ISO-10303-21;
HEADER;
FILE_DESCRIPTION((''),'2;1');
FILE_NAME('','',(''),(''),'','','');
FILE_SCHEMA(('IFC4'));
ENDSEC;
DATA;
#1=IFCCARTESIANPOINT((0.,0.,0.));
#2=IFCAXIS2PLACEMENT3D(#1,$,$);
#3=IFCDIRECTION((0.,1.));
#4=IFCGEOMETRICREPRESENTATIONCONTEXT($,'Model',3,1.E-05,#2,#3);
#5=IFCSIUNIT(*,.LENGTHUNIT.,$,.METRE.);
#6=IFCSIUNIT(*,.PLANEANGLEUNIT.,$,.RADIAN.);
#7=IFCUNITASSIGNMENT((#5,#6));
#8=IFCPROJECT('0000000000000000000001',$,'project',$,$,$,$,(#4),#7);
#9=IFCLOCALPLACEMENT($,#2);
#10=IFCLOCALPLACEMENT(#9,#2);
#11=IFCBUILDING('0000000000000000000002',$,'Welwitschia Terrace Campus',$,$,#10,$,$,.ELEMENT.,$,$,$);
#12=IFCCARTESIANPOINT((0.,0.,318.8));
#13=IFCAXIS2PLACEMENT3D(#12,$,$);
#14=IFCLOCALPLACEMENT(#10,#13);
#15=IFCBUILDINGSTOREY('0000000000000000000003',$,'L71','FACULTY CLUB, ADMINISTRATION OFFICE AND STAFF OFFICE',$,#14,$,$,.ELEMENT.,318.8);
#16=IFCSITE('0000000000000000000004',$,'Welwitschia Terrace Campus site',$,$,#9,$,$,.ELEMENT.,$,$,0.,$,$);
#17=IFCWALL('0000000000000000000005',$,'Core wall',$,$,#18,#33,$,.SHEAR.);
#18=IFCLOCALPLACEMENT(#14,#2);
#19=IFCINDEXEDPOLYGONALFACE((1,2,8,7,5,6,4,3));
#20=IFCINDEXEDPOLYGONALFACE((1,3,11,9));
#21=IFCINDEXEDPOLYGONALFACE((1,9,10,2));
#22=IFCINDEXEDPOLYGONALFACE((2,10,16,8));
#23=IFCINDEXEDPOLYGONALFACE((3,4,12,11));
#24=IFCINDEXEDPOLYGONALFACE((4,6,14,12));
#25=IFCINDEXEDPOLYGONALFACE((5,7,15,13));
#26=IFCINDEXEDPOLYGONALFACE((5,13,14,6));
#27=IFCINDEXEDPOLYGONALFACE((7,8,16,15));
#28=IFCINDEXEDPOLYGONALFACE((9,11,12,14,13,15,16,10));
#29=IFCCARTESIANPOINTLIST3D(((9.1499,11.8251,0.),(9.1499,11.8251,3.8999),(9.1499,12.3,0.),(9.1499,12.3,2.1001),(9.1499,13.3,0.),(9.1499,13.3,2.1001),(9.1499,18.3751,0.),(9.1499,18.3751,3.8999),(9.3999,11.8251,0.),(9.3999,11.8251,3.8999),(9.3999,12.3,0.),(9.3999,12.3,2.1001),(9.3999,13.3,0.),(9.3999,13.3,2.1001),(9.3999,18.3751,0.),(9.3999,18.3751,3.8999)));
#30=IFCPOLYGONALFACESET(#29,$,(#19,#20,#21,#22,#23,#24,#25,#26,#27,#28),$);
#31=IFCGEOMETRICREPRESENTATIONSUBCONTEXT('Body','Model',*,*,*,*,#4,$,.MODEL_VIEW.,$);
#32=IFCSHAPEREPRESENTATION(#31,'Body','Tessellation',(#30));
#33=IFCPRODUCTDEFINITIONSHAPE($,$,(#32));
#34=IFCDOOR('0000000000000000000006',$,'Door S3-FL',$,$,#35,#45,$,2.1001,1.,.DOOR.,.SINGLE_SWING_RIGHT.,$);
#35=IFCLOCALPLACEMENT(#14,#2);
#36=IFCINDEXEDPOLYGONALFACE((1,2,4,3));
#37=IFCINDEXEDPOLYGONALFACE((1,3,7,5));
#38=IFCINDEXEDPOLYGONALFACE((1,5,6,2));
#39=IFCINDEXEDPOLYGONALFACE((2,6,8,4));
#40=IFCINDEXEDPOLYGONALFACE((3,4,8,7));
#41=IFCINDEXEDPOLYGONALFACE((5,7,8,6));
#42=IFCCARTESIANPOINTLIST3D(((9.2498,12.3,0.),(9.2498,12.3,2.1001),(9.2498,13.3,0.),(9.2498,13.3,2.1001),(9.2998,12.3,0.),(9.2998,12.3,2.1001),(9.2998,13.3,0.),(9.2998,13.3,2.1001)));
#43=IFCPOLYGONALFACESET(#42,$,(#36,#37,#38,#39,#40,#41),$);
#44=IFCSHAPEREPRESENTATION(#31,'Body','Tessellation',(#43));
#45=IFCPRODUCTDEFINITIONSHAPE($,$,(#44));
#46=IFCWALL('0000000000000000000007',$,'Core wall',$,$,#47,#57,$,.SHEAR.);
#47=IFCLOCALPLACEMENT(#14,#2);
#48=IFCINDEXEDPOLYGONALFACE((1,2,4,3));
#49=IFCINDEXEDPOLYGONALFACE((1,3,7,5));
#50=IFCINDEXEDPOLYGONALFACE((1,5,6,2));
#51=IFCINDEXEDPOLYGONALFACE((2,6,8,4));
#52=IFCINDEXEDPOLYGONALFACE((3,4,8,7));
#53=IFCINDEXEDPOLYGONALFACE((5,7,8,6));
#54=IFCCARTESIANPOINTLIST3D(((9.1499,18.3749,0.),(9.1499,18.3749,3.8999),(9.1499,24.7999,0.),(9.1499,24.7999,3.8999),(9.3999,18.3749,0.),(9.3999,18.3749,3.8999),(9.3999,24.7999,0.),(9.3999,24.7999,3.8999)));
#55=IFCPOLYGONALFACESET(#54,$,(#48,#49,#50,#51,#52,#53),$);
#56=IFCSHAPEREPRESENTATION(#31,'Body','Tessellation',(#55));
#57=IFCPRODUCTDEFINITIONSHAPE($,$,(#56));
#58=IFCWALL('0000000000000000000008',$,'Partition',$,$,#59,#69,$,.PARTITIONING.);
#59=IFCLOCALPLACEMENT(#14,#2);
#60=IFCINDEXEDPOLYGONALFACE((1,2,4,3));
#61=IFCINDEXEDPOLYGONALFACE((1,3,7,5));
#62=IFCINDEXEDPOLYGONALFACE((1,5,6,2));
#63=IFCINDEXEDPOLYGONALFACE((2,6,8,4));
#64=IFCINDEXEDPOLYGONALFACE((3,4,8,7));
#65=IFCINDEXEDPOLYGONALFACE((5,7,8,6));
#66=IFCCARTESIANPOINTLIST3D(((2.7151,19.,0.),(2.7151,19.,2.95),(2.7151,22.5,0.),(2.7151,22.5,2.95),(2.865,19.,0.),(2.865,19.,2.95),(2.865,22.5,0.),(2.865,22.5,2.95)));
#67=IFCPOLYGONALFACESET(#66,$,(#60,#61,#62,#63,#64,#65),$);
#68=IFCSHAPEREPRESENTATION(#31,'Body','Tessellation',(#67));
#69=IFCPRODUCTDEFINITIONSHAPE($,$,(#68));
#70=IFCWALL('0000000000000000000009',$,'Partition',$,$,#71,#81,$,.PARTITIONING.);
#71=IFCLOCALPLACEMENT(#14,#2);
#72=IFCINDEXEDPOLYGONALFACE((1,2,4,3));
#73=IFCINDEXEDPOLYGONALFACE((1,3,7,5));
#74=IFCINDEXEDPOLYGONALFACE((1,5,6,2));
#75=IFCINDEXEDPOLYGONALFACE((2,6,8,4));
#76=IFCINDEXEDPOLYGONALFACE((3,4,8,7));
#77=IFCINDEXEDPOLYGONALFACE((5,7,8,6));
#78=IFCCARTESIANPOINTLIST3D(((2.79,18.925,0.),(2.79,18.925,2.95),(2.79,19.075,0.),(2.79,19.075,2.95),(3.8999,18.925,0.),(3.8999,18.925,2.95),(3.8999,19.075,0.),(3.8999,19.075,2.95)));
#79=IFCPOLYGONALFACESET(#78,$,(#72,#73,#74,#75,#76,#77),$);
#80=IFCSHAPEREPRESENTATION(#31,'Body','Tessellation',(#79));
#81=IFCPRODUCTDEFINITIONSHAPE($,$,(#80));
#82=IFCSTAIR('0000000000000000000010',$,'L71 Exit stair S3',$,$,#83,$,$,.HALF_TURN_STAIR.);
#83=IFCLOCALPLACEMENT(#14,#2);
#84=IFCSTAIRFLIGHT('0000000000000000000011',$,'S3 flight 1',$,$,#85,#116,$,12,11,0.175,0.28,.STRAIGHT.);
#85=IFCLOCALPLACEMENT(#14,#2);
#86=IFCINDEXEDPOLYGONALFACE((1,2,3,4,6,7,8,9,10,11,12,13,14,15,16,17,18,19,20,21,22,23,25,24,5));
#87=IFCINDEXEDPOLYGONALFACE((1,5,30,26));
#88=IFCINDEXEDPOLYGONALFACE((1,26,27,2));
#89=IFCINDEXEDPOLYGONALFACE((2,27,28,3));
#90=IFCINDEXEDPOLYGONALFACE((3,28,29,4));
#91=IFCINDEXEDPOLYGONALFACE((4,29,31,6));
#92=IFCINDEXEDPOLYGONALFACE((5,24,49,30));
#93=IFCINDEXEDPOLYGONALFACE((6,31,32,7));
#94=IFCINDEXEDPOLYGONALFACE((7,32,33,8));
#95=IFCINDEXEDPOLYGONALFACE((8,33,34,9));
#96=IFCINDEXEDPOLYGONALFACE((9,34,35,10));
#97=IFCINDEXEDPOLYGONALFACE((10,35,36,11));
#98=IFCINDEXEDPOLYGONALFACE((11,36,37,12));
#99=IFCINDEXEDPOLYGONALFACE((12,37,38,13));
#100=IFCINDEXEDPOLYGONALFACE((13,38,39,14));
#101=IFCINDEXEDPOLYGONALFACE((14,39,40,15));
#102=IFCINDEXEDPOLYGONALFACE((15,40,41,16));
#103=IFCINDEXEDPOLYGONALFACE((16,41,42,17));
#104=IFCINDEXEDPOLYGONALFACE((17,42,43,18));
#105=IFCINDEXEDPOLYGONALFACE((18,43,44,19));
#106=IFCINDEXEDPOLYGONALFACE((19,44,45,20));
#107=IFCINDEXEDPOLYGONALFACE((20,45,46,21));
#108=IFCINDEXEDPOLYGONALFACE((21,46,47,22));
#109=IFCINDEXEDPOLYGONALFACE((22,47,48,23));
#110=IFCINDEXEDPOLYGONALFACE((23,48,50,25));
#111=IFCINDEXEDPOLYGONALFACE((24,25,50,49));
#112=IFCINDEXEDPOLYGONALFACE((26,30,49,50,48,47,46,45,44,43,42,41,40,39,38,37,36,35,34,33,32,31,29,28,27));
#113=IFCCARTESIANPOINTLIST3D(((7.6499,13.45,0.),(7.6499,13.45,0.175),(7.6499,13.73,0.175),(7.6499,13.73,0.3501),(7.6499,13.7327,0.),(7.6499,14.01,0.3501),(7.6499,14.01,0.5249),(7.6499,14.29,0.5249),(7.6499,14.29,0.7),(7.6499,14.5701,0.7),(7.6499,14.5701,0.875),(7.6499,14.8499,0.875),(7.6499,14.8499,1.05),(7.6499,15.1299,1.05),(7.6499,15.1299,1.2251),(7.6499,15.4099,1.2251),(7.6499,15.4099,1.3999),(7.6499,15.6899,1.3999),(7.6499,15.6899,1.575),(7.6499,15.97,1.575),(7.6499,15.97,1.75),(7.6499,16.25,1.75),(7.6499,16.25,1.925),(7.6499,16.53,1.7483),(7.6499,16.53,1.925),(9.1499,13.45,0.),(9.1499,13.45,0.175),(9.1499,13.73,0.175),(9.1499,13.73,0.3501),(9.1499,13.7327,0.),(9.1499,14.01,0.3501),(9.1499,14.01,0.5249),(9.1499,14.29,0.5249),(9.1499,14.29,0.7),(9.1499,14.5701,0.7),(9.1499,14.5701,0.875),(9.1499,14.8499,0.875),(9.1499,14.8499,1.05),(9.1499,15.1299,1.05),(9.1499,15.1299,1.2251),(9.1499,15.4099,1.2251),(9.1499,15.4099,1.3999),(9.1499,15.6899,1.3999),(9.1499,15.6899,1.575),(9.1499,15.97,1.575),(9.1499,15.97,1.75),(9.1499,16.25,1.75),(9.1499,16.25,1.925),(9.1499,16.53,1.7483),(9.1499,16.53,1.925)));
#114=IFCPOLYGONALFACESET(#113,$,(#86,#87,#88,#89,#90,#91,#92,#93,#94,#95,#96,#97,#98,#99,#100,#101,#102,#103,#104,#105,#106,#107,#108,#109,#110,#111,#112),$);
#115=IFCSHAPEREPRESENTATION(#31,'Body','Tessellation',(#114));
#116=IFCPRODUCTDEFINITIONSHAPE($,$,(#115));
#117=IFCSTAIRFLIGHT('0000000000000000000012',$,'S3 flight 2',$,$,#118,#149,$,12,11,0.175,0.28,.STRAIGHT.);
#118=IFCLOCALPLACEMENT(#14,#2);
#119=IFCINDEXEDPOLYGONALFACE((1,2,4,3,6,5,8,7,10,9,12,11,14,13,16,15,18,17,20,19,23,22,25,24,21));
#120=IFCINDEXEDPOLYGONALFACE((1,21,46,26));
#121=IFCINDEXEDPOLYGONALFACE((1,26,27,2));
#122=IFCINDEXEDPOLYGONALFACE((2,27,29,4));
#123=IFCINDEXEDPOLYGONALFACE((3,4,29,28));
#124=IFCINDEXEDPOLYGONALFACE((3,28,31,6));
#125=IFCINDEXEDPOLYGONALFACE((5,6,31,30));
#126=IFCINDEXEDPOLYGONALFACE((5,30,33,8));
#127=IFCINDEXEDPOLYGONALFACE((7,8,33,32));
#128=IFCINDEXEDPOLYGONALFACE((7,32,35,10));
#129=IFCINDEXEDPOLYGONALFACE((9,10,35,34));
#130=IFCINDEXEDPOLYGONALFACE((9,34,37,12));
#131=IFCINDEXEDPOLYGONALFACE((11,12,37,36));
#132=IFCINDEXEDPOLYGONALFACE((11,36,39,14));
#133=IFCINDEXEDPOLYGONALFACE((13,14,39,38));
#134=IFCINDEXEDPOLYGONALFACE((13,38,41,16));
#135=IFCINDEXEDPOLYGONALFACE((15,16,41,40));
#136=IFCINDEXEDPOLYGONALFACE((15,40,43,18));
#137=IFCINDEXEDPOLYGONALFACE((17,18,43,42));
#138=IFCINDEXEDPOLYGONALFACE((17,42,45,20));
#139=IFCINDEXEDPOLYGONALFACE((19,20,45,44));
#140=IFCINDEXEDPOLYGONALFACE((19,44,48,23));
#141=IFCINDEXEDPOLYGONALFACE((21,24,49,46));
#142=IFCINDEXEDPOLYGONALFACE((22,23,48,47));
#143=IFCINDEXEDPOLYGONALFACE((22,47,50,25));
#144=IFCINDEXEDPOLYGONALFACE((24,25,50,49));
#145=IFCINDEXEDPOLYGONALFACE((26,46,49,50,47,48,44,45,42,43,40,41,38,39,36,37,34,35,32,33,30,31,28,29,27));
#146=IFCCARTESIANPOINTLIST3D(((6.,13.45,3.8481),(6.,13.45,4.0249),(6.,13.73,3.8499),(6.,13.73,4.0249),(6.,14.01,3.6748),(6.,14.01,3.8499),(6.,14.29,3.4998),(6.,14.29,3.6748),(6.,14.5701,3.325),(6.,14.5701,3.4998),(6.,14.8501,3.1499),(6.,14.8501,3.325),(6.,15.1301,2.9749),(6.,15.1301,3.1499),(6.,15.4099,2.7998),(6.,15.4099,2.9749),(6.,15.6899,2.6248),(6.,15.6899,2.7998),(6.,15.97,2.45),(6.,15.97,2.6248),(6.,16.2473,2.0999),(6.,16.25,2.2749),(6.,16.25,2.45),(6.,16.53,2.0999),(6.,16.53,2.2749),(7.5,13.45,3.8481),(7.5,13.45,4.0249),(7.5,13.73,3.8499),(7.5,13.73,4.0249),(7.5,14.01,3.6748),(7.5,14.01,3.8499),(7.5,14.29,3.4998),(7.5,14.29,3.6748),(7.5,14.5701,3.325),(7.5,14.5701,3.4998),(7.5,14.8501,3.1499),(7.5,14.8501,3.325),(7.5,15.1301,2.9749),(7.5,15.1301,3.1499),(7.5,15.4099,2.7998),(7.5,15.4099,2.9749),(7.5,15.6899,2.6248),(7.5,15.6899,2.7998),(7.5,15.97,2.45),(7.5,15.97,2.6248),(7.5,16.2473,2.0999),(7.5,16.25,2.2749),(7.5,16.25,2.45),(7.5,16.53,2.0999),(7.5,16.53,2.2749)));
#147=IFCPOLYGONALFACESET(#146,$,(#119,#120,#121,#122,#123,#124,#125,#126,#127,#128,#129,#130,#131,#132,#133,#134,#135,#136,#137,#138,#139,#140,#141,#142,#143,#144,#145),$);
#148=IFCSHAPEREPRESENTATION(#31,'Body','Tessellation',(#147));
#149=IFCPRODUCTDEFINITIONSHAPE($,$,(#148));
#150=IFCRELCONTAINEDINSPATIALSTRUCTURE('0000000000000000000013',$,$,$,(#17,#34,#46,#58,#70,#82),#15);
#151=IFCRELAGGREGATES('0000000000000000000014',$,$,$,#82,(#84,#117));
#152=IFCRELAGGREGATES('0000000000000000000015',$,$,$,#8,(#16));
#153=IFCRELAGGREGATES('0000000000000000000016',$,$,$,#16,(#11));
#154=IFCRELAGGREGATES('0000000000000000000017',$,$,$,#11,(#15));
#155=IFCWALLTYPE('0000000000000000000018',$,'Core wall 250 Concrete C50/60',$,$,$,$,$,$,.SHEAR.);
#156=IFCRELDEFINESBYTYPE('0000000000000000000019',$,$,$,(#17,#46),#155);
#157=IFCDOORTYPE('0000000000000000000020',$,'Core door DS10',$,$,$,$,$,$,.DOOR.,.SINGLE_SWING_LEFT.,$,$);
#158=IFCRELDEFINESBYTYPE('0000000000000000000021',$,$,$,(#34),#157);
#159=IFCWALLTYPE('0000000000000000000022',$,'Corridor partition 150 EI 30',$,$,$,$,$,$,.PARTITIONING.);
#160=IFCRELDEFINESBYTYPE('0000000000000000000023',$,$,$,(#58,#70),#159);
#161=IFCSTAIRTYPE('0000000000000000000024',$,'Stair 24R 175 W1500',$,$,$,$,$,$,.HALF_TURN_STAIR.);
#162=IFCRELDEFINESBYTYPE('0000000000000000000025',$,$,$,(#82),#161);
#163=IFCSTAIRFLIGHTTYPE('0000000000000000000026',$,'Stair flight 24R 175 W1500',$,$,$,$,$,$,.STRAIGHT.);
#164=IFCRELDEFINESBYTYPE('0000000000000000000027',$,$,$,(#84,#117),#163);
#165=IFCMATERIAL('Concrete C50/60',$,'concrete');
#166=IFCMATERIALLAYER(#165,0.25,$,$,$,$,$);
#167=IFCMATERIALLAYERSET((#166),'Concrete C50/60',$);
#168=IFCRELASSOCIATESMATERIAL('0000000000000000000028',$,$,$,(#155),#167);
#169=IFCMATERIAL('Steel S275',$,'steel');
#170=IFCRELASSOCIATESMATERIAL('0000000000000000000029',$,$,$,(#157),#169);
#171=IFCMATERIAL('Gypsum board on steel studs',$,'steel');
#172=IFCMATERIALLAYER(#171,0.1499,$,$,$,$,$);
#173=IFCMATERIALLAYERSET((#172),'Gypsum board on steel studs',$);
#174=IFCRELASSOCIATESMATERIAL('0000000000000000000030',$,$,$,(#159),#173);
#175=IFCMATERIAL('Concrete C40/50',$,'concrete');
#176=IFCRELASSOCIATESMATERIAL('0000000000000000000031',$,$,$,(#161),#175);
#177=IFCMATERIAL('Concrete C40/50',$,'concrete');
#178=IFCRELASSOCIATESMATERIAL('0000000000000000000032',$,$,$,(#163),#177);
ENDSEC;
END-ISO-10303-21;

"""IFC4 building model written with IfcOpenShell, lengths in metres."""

from ifc_helpers import new_model, si_unit, direction, frame, frame_2d, origin, place, context, subcontext, project, spatial, polyline, rectangle, outline, extrude, material, layer, layer_set, type_object, element, fill, aggregate, save


model = new_model("IFC4")

# Units and contexts
model_context = context("Model", 3, precision=1e-05, world=origin(), true_north=direction((0.0, 1.0)))
body_context = subcontext(model_context, "Body", "Model", "MODEL_VIEW")
ifc_project = project(units=[si_unit("LENGTHUNIT", "METRE"), si_unit("PLANEANGLEUNIT", "RADIAN")], contexts=[model_context])

# Site, building, storey
site_placement = place(None, origin())
site = spatial("IfcSite", under=ifc_project, at=site_placement, Name="Welwitschia Terrace Campus site", CompositionType="ELEMENT", RefElevation=0.0)
building_placement = place(site_placement, origin())
building = spatial("IfcBuilding", under=site, at=building_placement, Name="Welwitschia Terrace Campus", CompositionType="ELEMENT")
storey_placement = place(building_placement, frame((0.0, 0.0, 318.8)))
storey = spatial("IfcBuildingStorey", under=building, at=storey_placement, Name="L71", Description="FACULTY CLUB, ADMINISTRATION OFFICE AND STAFF OFFICE", CompositionType="ELEMENT", Elevation=318.8)

# Shared definitions
ifc_material_1 = material(Name="Concrete C50/60", Category="concrete")
ifc_layer_1 = layer(ifc_material_1, 0.25)
ifc_layer_set_1 = layer_set([ifc_layer_1], Name="Concrete C50/60")
wall_type_1 = type_object("IfcWallType", Name="Core wall 250 Concrete C50/60", PredefinedType="SHEAR", material=ifc_layer_set_1)

# Wall, opening, door
wall_1_placement = place(storey_placement, frame((9.2749, 18.375, 0.0), z_axis=(0.0, 0.0, 1.0), x_axis=(0.0, -1.0, 0.0)))
wall_1 = element("IfcWall", 1, at=wall_1_placement, inside=storey, type_object=wall_type_1, Name="Core wall", PredefinedType="SHEAR", context=body_context, shape_type="SweptSolid", body=[
    extrude(rectangle(XDim=6.55, YDim=0.25, at=frame_2d((3.2749, 0.0))), origin(), (0.0, 0.0, 1.0), 3.8999),
])
opening_1_placement = place(wall_1_placement, frame((5.075, 0.0, 0.0)))
opening_1 = element("IfcOpeningElement", 2, at=opening_1_placement, cuts=wall_1, PredefinedType="OPENING", context=body_context, shape_type="SweptSolid", body=[
    extrude(rectangle(XDim=1.0, YDim=2.1001, at=frame_2d((0.5, 1.05))), frame((0.0, 0.135, 0.0), z_axis=(0.0, -1.0, 0.0), x_axis=(1.0, 0.0, 0.0)), (0.0, 0.0, 1.0), 0.27),
])
ifc_material_2 = material(Name="Steel S275", Category="steel")
door_type_1 = type_object("IfcDoorType", Name="Core door DS10", OperationType="SINGLE_SWING_LEFT", PredefinedType="DOOR", material=ifc_material_2)
door_1_placement = place(opening_1_placement, origin())
door_1 = element("IfcDoor", 3, at=door_1_placement, inside=storey, type_object=door_type_1, Name="Door S3-FL", OperationType="SINGLE_SWING_RIGHT", OverallHeight=2.1001, OverallWidth=1.0, PredefinedType="DOOR", context=body_context, shape_type="SweptSolid", body=[
    extrude(rectangle(XDim=1.0, YDim=2.1001, at=frame_2d((0.5, 1.05))), frame((0.0, 0.0249, 0.0), z_axis=(0.0, -1.0, 0.0), x_axis=(1.0, 0.0, 0.0)), (0.0, 0.0, 1.0), 0.05),
])
fill(opening_1, door_1)

# Walls
wall_2_placement = place(storey_placement, frame((9.2749, 18.375, 0.0), z_axis=(0.0, 0.0, 1.0), x_axis=(0.0, 1.0, 0.0)))
element("IfcWall", 4, at=wall_2_placement, inside=storey, type_object=wall_type_1, Name="Core wall", PredefinedType="SHEAR", context=body_context, shape_type="SweptSolid", body=[
    extrude(rectangle(XDim=6.425, YDim=0.25, at=frame_2d((3.2124, 0.0))), origin(), (0.0, 0.0, 1.0), 3.8999),
])
ifc_material_3 = material(Name="Gypsum board on steel studs", Category="steel")
ifc_layer_2 = layer(ifc_material_3, 0.1499)
ifc_layer_set_2 = layer_set([ifc_layer_2], Name="Gypsum board on steel studs")
wall_type_2 = type_object("IfcWallType", Name="Corridor partition 150 EI 30", PredefinedType="PARTITIONING", material=ifc_layer_set_2)
wall_3_placement = place(storey_placement, frame((2.79, 19.0, 0.0), z_axis=(0.0, 0.0, 1.0), x_axis=(0.0, 1.0, 0.0)))
element("IfcWall", 5, at=wall_3_placement, inside=storey, type_object=wall_type_2, Name="Partition", PredefinedType="PARTITIONING", context=body_context, shape_type="SweptSolid", body=[
    extrude(rectangle(XDim=3.5, YDim=0.1499, at=frame_2d((1.75, 0.0))), origin(), (0.0, 0.0, 1.0), 2.95),
])
wall_4_placement = place(storey_placement, frame((2.79, 19.0, 0.0), z_axis=(0.0, 0.0, 1.0), x_axis=(1.0, 0.0, 0.0)))
element("IfcWall", 6, at=wall_4_placement, inside=storey, type_object=wall_type_2, Name="Partition", PredefinedType="PARTITIONING", context=body_context, shape_type="SweptSolid", body=[
    extrude(rectangle(XDim=1.1099, YDim=0.1499, at=frame_2d((0.5549, 0.0))), origin(), (0.0, 0.0, 1.0), 2.95),
])

# Stair, stair flights
ifc_material_4 = material(Name="Concrete C40/50", Category="concrete")
stair_type = type_object("IfcStairType", Name="Stair 24R 175 W1500", PredefinedType="HALF_TURN_STAIR", material=ifc_material_4)
stair_placement = place(storey_placement, origin())
stair = element("IfcStair", 7, at=stair_placement, inside=storey, type_object=stair_type, Name="L71 Exit stair S3", PredefinedType="HALF_TURN_STAIR")
ifc_material_5 = material(Name="Concrete C40/50", Category="concrete")
stair_flight_type = type_object("IfcStairFlightType", Name="Stair flight 24R 175 W1500", PredefinedType="STRAIGHT", material=ifc_material_5)
stair_flight_1_placement = place(storey_placement, frame((8.3999, 13.45, 0.0), z_axis=(0.0, 0.0, 1.0), x_axis=(0.0, 1.0, 0.0)))
stair_flight_1 = element("IfcStairFlight", 8, at=stair_flight_1_placement, type_object=stair_flight_type, Name="S3 flight 1", NumberOfRisers=12, NumberOfTreads=11, PredefinedType="STRAIGHT", RiserHeight=0.175, TreadLength=0.28, context=body_context, shape_type="SweptSolid", body=[
    extrude(outline(polyline([(0.0, 0.0), (0.0, 0.175), (0.28, 0.175), (0.28, 0.3501), (0.5601, 0.3501), (0.5601, 0.5249), (0.8401, 0.5249), (0.8401, 0.7), (1.1201, 0.7), (1.1201, 0.875), (1.3999, 0.875), (1.3999, 1.05), (1.6799, 1.05), (1.6799, 1.2251), (1.96, 1.2251), (1.96, 1.3999), (2.24, 1.3999), (2.24, 1.575), (2.52, 1.575), (2.52, 1.75), (2.8, 1.75), (2.8, 1.925), (3.0801, 1.925), (3.0801, 2.1001), (3.0801, 1.7483), (0.2827, 0.0), (0.0, 0.0)])), frame((0.0, 0.75, 0.0), z_axis=(0.0, -1.0, 0.0), x_axis=(1.0, 0.0, 0.0)), (0.0, 0.0, 1.0), 1.5),
])
stair_flight_2_placement = place(storey_placement, frame((6.75, 16.53, 2.0999), z_axis=(0.0, 0.0, 1.0), x_axis=(0.0, -1.0, 0.0)))
stair_flight_2 = element("IfcStairFlight", 9, at=stair_flight_2_placement, type_object=stair_flight_type, Name="S3 flight 2", NumberOfRisers=12, NumberOfTreads=11, PredefinedType="STRAIGHT", RiserHeight=0.175, TreadLength=0.28, context=body_context, shape_type="SweptSolid", body=[
    extrude(outline(polyline([(0.0, 0.0), (0.0, 0.175), (0.28, 0.175), (0.28, 0.3501), (0.5601, 0.3501), (0.5601, 0.5249), (0.8401, 0.5249), (0.8401, 0.7), (1.1201, 0.7), (1.1201, 0.875), (1.3999, 0.875), (1.3999, 1.05), (1.6799, 1.05), (1.6799, 1.2251), (1.96, 1.2251), (1.96, 1.3999), (2.24, 1.3999), (2.24, 1.575), (2.52, 1.575), (2.52, 1.75), (2.8, 1.75), (2.8, 1.925), (3.0801, 1.925), (3.0801, 2.1001), (3.0801, 1.7483), (0.2827, 0.0), (0.0, 0.0)])), frame((0.0, 0.75, 0.0), z_axis=(0.0, -1.0, 0.0), x_axis=(1.0, 0.0, 0.0)), (0.0, 0.0, 1.0), 1.5),
])
aggregate(stair, [stair_flight_1, stair_flight_2])

save(model, "model.ifc")
